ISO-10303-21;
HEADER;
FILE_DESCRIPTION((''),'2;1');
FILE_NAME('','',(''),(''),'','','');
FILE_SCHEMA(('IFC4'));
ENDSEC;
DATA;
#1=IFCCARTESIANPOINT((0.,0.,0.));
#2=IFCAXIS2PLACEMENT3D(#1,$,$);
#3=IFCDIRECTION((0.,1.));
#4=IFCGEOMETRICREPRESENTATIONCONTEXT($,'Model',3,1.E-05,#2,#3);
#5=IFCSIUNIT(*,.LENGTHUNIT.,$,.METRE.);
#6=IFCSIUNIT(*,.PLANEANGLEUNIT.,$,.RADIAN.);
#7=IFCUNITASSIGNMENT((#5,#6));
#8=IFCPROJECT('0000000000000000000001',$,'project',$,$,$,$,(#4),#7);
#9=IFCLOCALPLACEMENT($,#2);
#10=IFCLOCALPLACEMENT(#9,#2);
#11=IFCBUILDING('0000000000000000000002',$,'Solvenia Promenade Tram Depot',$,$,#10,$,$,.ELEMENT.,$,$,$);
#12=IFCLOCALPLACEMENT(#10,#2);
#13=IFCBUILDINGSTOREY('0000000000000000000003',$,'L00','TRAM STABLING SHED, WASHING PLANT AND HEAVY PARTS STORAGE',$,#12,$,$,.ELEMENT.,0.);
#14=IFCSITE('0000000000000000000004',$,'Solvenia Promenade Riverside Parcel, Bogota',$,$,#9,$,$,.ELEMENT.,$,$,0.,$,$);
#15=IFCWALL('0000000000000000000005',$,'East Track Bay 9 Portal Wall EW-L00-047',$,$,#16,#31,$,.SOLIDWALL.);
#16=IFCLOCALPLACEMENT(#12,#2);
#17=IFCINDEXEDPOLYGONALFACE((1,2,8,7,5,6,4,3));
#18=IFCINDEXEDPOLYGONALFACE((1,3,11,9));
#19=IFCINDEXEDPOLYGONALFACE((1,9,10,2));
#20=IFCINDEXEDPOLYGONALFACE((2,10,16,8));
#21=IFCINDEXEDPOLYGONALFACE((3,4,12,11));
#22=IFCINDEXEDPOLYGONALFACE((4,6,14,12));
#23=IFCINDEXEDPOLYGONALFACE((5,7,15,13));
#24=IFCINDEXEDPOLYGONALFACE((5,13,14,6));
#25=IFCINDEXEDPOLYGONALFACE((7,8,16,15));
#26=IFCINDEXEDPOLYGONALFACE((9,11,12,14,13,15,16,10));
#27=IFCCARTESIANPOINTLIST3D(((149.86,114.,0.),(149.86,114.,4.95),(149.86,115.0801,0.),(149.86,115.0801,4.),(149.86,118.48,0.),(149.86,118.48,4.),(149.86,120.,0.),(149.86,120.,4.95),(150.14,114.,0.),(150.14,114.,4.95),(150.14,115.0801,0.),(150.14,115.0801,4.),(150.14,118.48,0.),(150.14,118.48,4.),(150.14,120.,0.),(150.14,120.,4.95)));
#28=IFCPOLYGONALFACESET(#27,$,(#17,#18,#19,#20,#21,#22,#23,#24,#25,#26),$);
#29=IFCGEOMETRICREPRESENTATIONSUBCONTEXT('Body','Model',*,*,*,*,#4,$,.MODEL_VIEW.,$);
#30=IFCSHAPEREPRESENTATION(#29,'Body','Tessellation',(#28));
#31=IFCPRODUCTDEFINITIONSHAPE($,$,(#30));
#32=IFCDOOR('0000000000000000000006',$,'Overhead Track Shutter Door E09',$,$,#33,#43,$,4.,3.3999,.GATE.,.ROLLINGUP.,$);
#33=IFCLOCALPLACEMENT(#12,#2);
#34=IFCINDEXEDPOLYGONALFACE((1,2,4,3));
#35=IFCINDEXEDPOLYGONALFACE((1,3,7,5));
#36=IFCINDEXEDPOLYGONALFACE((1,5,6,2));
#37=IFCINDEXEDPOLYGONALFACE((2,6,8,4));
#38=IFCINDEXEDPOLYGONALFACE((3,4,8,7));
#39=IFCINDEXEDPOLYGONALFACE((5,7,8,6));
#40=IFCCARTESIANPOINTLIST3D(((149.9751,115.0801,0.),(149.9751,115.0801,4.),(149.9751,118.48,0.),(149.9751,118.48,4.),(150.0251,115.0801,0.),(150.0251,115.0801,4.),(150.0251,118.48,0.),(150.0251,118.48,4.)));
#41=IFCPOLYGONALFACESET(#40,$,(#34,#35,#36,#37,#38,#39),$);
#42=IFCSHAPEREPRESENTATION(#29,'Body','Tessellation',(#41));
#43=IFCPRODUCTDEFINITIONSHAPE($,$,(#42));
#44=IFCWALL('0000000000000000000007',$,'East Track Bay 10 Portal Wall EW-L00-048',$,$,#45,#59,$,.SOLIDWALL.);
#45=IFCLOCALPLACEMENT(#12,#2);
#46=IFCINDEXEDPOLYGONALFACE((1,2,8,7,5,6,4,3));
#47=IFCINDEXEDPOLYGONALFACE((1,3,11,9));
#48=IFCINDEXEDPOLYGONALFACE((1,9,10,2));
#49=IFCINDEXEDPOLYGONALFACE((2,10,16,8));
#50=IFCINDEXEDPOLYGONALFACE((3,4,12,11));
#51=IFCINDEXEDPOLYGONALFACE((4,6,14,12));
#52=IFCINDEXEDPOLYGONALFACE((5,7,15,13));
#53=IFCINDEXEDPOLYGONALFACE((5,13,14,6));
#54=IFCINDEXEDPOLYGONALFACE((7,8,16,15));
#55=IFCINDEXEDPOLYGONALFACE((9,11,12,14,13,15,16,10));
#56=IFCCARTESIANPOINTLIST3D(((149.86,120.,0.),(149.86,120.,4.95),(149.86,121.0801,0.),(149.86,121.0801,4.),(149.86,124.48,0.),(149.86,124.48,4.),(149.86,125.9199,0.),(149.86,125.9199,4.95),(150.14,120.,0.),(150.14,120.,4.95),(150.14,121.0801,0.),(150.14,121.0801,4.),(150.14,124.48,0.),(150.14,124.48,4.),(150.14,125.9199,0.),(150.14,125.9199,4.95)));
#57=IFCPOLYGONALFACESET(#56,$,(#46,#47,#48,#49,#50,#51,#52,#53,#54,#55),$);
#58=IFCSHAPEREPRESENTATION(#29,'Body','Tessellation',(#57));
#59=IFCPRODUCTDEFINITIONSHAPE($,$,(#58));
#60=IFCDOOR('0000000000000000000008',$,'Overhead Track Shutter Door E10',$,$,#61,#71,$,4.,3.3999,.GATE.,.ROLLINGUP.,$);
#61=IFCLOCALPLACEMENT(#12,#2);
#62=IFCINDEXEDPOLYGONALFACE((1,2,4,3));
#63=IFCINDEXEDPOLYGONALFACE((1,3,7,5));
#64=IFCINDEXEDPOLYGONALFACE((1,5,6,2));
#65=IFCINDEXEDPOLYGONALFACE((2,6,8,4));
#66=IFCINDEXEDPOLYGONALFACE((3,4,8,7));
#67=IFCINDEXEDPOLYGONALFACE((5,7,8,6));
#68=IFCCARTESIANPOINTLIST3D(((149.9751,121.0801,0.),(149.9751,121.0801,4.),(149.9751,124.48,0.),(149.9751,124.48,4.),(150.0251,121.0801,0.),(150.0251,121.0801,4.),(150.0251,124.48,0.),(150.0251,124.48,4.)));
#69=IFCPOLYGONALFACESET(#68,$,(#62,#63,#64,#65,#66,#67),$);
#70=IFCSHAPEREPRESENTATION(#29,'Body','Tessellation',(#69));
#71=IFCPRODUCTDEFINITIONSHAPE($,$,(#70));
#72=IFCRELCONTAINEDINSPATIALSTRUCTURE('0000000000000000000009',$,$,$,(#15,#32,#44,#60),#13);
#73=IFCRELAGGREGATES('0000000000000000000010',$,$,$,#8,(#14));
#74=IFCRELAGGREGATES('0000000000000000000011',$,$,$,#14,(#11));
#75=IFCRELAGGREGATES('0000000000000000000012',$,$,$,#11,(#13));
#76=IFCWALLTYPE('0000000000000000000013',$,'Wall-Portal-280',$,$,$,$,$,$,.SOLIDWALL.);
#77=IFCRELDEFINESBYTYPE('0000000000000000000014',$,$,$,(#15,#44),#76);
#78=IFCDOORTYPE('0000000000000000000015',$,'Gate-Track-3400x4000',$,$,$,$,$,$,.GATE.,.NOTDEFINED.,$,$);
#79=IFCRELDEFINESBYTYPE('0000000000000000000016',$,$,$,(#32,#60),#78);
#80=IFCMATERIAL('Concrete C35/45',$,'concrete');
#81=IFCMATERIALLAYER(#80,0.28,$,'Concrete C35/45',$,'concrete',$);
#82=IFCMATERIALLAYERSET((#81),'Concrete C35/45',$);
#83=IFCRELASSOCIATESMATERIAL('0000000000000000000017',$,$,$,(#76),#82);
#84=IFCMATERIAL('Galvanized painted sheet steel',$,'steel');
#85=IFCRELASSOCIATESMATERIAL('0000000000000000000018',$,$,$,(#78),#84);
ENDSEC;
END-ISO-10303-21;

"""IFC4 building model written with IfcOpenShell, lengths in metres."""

from ifc_helpers import new_model, si_unit, direction, frame, frame_2d, origin, place, context, subcontext, project, spatial, rectangle, extrude, material, layer, layer_set, type_object, element, fill, save


model = new_model("IFC4")

# Units and contexts
model_context = context("Model", 3, precision=1e-05, world=origin(), true_north=direction((0.0, 1.0)))
body_context = subcontext(model_context, "Body", "Model", "MODEL_VIEW")
ifc_project = project(units=[si_unit("LENGTHUNIT", "METRE"), si_unit("PLANEANGLEUNIT", "RADIAN")], contexts=[model_context])

# Site, building, storey
site_placement = place(None, origin())
site = spatial("IfcSite", under=ifc_project, at=site_placement, Name="Solvenia Promenade Riverside Parcel, Bogota", CompositionType="ELEMENT", RefElevation=0.0)
building_placement = place(site_placement, origin())
building = spatial("IfcBuilding", under=site, at=building_placement, Name="Solvenia Promenade Tram Depot", CompositionType="ELEMENT")
storey_placement = place(building_placement, origin())
storey = spatial("IfcBuildingStorey", under=building, at=storey_placement, Name="L00", Description="TRAM STABLING SHED, WASHING PLANT AND HEAVY PARTS STORAGE", CompositionType="ELEMENT", Elevation=0.0)

# Walls, openings, doors
ifc_material_1 = material(Name="Concrete C35/45", Category="concrete")
ifc_layer = layer(ifc_material_1, 0.28, Name="Concrete C35/45", Category="concrete")
ifc_layer_set = layer_set([ifc_layer], Name="Concrete C35/45")
wall_type = type_object("IfcWallType", Name="Wall-Portal-280", PredefinedType="SOLIDWALL", material=ifc_layer_set)
ifc_material_2 = material(Name="Galvanized painted sheet steel", Category="steel")
door_type_1 = type_object("IfcDoorType", Name="Gate-Track-3400x4000", OperationType="NOTDEFINED", PredefinedType="GATE", material=ifc_material_2)
wall_1_placement = place(storey_placement, frame((150.0, 114.0, 0.0), z_axis=(0.0, 0.0, 1.0), x_axis=(0.0, 1.0, 0.0)))
wall_1 = element("IfcWall", 1, at=wall_1_placement, inside=storey, type_object=wall_type, Name="East Track Bay 9 Portal Wall EW-L00-047", PredefinedType="SOLIDWALL", context=body_context, shape_type="SweptSolid", body=[
    extrude(rectangle(XDim=6.0, YDim=0.28, at=frame_2d((3.0, 0.0))), origin(), (0.0, 0.0, 1.0), 4.95),
])
opening_1_placement = place(wall_1_placement, frame((1.0801, 0.0, 0.0)))
opening_1 = element("IfcOpeningElement", 2, at=opening_1_placement, cuts=wall_1, PredefinedType="OPENING", context=body_context, shape_type="SweptSolid", body=[
    extrude(rectangle(XDim=3.3999, YDim=4.0, at=frame_2d((1.7, 2.0))), frame((0.0, 0.1499, 0.0), z_axis=(0.0, -1.0, 0.0), x_axis=(1.0, 0.0, 0.0)), (0.0, 0.0, 1.0), 0.3),
])
door_1_placement = place(opening_1_placement, origin())
door_1 = element("IfcDoor", 3, at=door_1_placement, inside=storey, type_object=door_type_1, Name="Overhead Track Shutter Door E09", OperationType="ROLLINGUP", OverallHeight=4.0, OverallWidth=3.3999, PredefinedType="GATE", context=body_context, shape_type="SweptSolid", body=[
    extrude(rectangle(XDim=3.3999, YDim=4.0, at=frame_2d((1.7, 2.0))), frame((0.0, 0.0249, 0.0), z_axis=(0.0, -1.0, 0.0), x_axis=(1.0, 0.0, 0.0)), (0.0, 0.0, 1.0), 0.05),
])
fill(opening_1, door_1)
wall_2_placement = place(storey_placement, frame((150.0, 120.0, 0.0), z_axis=(0.0, 0.0, 1.0), x_axis=(0.0, 1.0, 0.0)))
wall_2 = element("IfcWall", 4, at=wall_2_placement, inside=storey, type_object=wall_type, Name="East Track Bay 10 Portal Wall EW-L00-048", PredefinedType="SOLIDWALL", context=body_context, shape_type="SweptSolid", body=[
    extrude(rectangle(XDim=5.9199, YDim=0.28, at=frame_2d((2.96, 0.0))), origin(), (0.0, 0.0, 1.0), 4.95),
])
opening_2_placement = place(wall_2_placement, frame((1.0801, 0.0, 0.0)))
opening_2 = element("IfcOpeningElement", 5, at=opening_2_placement, cuts=wall_2, PredefinedType="OPENING", context=body_context, shape_type="SweptSolid", body=[
    extrude(rectangle(XDim=3.3999, YDim=4.0, at=frame_2d((1.7, 2.0))), frame((0.0, 0.1499, 0.0), z_axis=(0.0, -1.0, 0.0), x_axis=(1.0, 0.0, 0.0)), (0.0, 0.0, 1.0), 0.3),
])
door_2_placement = place(opening_2_placement, origin())
door_2 = element("IfcDoor", 6, at=door_2_placement, inside=storey, type_object=door_type_1, Name="Overhead Track Shutter Door E10", OperationType="ROLLINGUP", OverallHeight=4.0, OverallWidth=3.3999, PredefinedType="GATE", context=body_context, shape_type="SweptSolid", body=[
    extrude(rectangle(XDim=3.3999, YDim=4.0, at=frame_2d((1.7, 2.0))), frame((0.0, 0.0249, 0.0), z_axis=(0.0, -1.0, 0.0), x_axis=(1.0, 0.0, 0.0)), (0.0, 0.0, 1.0), 0.05),
])
fill(opening_2, door_2)

save(model, "model.ifc")
